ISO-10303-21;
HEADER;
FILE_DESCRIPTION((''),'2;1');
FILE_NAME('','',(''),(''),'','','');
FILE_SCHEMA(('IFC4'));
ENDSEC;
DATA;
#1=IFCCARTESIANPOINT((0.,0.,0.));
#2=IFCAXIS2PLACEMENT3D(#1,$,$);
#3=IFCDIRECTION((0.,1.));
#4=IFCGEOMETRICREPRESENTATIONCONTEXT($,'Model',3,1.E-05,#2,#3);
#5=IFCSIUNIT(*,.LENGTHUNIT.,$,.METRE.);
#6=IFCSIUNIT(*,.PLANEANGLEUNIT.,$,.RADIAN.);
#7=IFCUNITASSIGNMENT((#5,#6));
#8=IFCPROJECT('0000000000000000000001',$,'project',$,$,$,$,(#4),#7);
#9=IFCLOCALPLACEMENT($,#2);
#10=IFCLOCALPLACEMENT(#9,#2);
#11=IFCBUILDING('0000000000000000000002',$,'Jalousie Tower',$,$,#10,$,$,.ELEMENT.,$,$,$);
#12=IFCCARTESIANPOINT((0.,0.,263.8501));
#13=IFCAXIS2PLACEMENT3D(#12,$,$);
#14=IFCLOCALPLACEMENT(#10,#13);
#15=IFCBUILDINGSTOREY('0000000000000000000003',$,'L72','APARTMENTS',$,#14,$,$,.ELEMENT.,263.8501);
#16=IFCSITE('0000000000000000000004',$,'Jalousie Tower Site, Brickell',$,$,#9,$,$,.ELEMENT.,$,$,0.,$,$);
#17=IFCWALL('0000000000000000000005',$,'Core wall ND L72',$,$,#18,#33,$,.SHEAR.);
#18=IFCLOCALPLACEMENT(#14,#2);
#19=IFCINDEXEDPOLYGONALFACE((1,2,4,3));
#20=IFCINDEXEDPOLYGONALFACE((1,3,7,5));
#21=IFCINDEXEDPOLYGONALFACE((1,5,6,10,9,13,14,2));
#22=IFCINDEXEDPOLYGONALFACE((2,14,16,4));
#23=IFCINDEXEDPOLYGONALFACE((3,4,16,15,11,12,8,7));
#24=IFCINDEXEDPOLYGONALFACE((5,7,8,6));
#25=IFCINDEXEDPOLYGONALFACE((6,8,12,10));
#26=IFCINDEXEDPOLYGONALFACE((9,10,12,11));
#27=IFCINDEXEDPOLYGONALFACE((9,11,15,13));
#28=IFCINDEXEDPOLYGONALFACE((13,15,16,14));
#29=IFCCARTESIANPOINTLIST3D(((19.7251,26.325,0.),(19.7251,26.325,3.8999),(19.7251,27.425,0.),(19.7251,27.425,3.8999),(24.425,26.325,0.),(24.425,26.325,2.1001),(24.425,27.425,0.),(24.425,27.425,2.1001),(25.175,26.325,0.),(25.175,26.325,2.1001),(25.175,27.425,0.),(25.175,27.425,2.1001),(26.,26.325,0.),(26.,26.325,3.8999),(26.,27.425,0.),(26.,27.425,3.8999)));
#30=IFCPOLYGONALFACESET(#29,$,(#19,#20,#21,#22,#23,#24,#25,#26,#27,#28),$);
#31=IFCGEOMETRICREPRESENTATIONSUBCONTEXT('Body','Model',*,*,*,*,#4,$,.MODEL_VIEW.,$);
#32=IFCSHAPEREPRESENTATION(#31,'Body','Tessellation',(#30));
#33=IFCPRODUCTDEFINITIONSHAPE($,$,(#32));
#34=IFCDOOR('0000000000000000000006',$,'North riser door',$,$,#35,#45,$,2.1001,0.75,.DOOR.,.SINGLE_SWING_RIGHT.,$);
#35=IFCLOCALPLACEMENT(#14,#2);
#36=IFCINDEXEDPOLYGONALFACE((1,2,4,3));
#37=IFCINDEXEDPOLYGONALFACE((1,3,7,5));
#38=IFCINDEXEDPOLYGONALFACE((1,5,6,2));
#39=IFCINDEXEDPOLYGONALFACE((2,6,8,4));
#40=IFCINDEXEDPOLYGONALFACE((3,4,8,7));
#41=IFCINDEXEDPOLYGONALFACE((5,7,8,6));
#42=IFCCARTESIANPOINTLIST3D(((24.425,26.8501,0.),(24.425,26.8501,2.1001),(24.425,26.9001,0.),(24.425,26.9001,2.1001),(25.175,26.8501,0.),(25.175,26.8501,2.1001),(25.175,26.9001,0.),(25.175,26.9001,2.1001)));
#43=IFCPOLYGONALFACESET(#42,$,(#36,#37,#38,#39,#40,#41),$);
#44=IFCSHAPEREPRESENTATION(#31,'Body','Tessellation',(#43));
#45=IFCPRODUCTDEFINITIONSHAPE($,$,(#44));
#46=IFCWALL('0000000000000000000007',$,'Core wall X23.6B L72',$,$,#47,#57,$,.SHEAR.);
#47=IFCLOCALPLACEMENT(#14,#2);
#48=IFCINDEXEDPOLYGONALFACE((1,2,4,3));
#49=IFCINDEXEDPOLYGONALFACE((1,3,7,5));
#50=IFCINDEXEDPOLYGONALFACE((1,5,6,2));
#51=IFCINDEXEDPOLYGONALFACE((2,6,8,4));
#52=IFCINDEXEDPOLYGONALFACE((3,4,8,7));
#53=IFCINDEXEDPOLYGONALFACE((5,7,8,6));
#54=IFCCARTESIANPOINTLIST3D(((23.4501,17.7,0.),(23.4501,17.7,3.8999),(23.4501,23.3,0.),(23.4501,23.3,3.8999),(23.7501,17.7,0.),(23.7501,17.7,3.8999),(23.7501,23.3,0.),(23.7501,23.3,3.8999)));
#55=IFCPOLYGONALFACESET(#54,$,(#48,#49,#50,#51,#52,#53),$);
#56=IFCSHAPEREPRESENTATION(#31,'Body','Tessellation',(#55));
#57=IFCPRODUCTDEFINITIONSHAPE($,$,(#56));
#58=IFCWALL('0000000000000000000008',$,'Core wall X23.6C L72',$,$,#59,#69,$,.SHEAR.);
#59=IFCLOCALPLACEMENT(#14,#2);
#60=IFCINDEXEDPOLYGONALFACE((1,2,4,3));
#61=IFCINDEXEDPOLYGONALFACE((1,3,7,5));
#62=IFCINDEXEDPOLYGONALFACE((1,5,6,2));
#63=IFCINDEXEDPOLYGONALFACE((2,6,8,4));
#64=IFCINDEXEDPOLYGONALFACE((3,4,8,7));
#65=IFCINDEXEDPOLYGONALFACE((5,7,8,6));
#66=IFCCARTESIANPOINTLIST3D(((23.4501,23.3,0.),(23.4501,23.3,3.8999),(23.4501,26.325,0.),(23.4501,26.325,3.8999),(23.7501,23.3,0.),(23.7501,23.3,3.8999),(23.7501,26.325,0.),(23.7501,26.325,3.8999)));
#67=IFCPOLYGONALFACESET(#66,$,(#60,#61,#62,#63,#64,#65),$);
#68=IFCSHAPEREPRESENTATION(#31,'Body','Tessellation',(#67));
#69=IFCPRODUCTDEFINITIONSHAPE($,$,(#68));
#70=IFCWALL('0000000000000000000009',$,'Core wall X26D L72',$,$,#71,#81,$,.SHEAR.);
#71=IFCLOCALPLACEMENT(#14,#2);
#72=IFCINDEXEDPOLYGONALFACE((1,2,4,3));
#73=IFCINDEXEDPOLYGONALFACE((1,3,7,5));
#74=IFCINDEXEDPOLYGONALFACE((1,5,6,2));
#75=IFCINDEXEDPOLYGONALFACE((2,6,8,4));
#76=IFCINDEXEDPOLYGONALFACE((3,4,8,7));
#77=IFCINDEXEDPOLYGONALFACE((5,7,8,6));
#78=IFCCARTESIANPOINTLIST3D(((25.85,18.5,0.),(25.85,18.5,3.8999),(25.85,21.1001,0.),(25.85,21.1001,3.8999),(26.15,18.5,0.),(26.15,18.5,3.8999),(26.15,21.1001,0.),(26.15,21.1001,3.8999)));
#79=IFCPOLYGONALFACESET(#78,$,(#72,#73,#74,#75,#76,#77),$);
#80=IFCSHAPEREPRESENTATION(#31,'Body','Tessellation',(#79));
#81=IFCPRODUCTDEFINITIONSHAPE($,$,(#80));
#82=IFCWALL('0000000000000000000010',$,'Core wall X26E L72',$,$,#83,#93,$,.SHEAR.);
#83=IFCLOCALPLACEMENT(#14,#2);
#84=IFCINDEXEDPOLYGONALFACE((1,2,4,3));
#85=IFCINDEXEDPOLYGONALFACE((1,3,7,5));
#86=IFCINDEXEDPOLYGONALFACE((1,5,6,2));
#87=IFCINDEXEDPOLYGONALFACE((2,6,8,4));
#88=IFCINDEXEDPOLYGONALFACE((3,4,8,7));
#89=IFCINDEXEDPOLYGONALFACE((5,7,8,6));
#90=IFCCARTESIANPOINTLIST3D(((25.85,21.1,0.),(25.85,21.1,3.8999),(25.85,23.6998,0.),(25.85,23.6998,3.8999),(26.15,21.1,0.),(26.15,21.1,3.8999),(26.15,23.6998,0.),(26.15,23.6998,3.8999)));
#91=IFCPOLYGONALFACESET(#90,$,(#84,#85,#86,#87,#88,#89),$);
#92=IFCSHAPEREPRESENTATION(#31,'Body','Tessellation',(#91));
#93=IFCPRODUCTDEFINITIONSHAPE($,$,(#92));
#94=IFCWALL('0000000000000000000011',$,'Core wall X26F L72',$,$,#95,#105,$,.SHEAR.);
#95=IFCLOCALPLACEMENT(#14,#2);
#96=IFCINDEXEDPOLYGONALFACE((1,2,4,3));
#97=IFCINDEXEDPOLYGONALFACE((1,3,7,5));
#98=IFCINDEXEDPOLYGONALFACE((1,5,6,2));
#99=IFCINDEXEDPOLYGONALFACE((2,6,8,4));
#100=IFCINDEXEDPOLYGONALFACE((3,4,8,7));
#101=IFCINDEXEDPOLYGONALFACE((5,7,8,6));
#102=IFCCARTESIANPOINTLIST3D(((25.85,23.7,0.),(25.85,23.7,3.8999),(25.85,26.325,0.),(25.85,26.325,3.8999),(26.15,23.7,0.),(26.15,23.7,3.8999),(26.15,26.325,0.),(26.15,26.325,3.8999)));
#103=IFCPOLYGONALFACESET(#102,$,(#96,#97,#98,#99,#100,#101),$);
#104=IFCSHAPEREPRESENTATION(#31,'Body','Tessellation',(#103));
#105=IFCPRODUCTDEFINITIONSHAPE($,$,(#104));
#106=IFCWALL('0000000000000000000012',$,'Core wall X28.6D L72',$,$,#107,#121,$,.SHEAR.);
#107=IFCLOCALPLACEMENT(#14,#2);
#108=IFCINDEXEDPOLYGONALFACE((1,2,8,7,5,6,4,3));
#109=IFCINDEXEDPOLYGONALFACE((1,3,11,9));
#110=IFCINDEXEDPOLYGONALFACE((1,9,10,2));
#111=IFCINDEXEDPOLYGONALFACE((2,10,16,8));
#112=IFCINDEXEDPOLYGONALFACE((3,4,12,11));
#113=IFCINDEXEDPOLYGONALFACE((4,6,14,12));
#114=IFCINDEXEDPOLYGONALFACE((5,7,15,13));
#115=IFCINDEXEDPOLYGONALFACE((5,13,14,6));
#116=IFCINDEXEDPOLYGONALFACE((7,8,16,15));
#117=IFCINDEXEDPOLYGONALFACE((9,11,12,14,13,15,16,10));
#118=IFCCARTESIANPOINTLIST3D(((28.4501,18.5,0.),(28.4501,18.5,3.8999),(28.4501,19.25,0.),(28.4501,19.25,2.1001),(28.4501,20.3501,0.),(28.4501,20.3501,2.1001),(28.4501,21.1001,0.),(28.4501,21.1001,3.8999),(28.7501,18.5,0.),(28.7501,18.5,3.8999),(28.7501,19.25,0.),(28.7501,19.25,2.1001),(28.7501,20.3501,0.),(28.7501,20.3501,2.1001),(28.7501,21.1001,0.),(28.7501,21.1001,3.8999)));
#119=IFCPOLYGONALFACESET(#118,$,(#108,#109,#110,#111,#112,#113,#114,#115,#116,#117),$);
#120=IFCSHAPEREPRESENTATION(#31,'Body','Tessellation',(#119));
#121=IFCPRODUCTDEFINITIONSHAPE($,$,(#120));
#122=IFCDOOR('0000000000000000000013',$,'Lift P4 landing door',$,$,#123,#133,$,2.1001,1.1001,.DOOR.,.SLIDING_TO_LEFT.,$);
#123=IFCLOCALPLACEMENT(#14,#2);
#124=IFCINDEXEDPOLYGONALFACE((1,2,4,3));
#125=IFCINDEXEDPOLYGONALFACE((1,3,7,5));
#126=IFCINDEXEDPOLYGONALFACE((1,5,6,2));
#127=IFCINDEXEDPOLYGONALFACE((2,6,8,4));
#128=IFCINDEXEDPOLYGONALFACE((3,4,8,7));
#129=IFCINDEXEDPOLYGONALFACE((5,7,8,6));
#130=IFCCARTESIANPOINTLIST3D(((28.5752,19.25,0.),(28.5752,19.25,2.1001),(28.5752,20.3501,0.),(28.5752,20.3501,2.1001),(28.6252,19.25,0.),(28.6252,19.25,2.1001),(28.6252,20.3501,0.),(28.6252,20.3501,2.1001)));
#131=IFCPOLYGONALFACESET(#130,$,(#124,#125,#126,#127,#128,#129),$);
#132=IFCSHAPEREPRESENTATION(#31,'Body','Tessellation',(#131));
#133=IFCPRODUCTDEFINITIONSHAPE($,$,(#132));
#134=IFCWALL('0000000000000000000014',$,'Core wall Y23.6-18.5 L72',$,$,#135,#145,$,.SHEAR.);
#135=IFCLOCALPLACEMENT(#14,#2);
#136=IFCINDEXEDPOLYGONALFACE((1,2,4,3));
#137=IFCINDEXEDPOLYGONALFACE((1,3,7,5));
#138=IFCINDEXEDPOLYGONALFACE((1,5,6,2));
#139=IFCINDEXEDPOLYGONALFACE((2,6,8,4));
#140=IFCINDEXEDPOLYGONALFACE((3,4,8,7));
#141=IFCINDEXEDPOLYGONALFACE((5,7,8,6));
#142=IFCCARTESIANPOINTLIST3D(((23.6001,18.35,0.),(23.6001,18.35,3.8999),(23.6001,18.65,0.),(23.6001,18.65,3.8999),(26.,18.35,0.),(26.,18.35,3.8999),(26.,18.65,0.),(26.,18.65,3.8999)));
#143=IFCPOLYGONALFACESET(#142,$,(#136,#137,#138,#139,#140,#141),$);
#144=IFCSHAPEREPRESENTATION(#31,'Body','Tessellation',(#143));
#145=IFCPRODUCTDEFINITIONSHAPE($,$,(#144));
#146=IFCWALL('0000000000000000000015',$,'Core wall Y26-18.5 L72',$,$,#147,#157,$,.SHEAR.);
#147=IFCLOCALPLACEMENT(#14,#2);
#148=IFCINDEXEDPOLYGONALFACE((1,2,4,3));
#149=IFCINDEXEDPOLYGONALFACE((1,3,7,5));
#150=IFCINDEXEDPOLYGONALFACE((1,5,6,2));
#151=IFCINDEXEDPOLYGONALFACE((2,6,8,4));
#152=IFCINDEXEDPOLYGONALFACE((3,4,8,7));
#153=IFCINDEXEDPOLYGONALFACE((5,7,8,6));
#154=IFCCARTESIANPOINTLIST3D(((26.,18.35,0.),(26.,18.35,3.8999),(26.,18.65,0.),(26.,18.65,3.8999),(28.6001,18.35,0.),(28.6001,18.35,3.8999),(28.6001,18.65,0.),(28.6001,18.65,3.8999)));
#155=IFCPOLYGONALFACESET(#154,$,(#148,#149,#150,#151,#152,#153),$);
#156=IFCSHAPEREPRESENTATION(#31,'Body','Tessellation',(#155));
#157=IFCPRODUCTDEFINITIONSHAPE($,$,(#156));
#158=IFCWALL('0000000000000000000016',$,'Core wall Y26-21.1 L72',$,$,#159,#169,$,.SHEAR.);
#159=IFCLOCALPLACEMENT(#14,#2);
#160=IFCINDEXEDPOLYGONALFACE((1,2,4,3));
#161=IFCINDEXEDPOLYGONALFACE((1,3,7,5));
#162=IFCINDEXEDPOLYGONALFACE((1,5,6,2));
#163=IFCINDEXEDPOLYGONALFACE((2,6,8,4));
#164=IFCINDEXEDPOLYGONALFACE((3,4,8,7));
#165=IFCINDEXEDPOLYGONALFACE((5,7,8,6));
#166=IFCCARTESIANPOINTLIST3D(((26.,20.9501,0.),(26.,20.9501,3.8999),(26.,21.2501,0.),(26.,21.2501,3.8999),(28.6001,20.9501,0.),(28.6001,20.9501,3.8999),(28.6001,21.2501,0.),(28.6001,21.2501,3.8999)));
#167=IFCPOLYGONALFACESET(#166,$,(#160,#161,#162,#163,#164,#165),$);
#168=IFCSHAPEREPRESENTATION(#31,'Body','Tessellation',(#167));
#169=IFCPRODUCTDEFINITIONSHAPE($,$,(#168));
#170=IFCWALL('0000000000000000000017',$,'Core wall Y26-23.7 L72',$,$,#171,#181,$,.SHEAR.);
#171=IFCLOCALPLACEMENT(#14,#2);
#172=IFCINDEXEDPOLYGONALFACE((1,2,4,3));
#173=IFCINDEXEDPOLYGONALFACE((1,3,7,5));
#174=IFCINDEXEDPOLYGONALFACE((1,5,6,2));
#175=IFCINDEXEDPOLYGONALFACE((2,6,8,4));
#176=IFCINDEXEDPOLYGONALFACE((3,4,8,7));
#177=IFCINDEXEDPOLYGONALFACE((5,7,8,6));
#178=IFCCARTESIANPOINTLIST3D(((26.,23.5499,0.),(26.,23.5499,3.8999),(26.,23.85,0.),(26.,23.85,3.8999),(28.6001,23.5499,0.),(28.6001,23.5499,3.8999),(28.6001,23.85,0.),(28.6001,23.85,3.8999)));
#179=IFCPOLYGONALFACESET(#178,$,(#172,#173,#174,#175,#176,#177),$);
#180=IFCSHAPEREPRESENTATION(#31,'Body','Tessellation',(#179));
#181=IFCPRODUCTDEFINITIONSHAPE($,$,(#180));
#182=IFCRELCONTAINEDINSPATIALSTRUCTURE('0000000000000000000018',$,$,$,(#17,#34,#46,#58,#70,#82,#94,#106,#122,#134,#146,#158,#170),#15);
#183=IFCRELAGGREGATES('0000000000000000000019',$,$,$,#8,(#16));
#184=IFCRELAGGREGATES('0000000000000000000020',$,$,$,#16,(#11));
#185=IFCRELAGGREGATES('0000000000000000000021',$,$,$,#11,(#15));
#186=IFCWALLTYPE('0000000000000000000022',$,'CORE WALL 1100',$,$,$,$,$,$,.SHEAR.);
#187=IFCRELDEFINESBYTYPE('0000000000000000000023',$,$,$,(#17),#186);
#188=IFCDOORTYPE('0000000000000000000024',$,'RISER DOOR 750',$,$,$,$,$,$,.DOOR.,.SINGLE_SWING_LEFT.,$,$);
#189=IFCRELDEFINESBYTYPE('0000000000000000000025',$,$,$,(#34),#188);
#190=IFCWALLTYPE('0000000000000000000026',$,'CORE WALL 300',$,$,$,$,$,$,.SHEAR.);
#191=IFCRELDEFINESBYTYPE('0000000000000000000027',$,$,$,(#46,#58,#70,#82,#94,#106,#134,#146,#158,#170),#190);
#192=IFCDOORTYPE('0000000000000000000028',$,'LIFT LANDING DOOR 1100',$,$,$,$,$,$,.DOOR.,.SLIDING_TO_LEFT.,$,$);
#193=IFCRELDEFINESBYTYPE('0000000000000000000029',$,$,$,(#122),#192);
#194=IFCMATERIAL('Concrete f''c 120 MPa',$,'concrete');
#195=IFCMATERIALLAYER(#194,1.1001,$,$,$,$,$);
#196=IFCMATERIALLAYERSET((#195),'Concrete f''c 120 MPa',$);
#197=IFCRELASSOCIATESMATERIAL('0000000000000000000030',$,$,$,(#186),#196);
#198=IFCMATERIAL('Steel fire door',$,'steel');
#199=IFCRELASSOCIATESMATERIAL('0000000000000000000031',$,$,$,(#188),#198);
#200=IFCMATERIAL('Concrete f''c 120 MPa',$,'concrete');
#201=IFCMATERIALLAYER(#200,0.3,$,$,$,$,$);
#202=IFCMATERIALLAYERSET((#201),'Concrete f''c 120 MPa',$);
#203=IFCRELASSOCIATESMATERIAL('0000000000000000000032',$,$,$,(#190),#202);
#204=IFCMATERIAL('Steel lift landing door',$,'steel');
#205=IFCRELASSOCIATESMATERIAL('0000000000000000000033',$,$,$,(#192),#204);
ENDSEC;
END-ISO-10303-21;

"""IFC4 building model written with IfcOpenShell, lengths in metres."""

from ifc_helpers import new_model, si_unit, direction, frame, frame_2d, origin, place, context, subcontext, project, spatial, rectangle, extrude, material, layer, layer_set, type_object, element, fill, save


model = new_model("IFC4")

# Units and contexts
model_context = context("Model", 3, precision=1e-05, world=origin(), true_north=direction((0.0, 1.0)))
body_context = subcontext(model_context, "Body", "Model", "MODEL_VIEW")
ifc_project = project(units=[si_unit("LENGTHUNIT", "METRE"), si_unit("PLANEANGLEUNIT", "RADIAN")], contexts=[model_context])

# Site, building, storey
site_placement = place(None, origin())
site = spatial("IfcSite", under=ifc_project, at=site_placement, Name="Jalousie Tower Site, Brickell", CompositionType="ELEMENT", RefElevation=0.0)
building_placement = place(site_placement, origin())
building = spatial("IfcBuilding", under=site, at=building_placement, Name="Jalousie Tower", CompositionType="ELEMENT")
storey_placement = place(building_placement, frame((0.0, 0.0, 263.8501)))
storey = spatial("IfcBuildingStorey", under=building, at=storey_placement, Name="L72", Description="APARTMENTS", CompositionType="ELEMENT", Elevation=263.8501)

# Wall, opening, door
ifc_material_1 = material(Name="Concrete f'c 120 MPa", Category="concrete")
ifc_layer_1 = layer(ifc_material_1, 1.1001)
ifc_layer_set_1 = layer_set([ifc_layer_1], Name="Concrete f'c 120 MPa")
wall_type_1 = type_object("IfcWallType", Name="CORE WALL 1100", PredefinedType="SHEAR", material=ifc_layer_set_1)
wall_1_placement = place(storey_placement, frame((26.0, 26.875, 0.0), z_axis=(0.0, 0.0, 1.0), x_axis=(-1.0, 0.0, 0.0)))
wall_1 = element("IfcWall", 1, at=wall_1_placement, inside=storey, type_object=wall_type_1, Name="Core wall ND L72", PredefinedType="SHEAR", context=body_context, shape_type="SweptSolid", body=[
    extrude(rectangle(XDim=6.2749, YDim=1.1001, at=frame_2d((3.1375, 0.0))), origin(), (0.0, 0.0, 1.0), 3.8999),
])
opening_1_placement = place(wall_1_placement, frame((0.825, 0.0, 0.0)))
opening_1 = element("IfcOpeningElement", 2, at=opening_1_placement, cuts=wall_1, PredefinedType="OPENING", context=body_context, shape_type="SweptSolid", body=[
    extrude(rectangle(XDim=0.75, YDim=2.1001, at=frame_2d((0.375, 1.05))), frame((0.0, 0.5601, 0.0), z_axis=(0.0, -1.0, 0.0), x_axis=(1.0, 0.0, 0.0)), (0.0, 0.0, 1.0), 1.1201),
])
ifc_material_2 = material(Name="Steel fire door", Category="steel")
door_type_1 = type_object("IfcDoorType", Name="RISER DOOR 750", OperationType="SINGLE_SWING_LEFT", PredefinedType="DOOR", material=ifc_material_2)
door_1_placement = place(opening_1_placement, origin())
door_1 = element("IfcDoor", 3, at=door_1_placement, inside=storey, type_object=door_type_1, Name="North riser door", OperationType="SINGLE_SWING_RIGHT", OverallHeight=2.1001, OverallWidth=0.75, PredefinedType="DOOR", context=body_context, shape_type="SweptSolid", body=[
    extrude(rectangle(XDim=0.75, YDim=2.1001, at=frame_2d((0.375, 1.05))), frame((0.0, 0.0249, 0.0), z_axis=(0.0, -1.0, 0.0), x_axis=(1.0, 0.0, 0.0)), (0.0, 0.0, 1.0), 0.05),
])
fill(opening_1, door_1)

# Walls
ifc_material_3 = material(Name="Concrete f'c 120 MPa", Category="concrete")
ifc_layer_2 = layer(ifc_material_3, 0.3)
ifc_layer_set_2 = layer_set([ifc_layer_2], Name="Concrete f'c 120 MPa")
wall_type_2 = type_object("IfcWallType", Name="CORE WALL 300", PredefinedType="SHEAR", material=ifc_layer_set_2)
wall_2_placement = place(storey_placement, frame((23.6001, 17.7, 0.0), z_axis=(0.0, 0.0, 1.0), x_axis=(0.0, 1.0, 0.0)))
element("IfcWall", 4, at=wall_2_placement, inside=storey, type_object=wall_type_2, Name="Core wall X23.6B L72", PredefinedType="SHEAR", context=body_context, shape_type="SweptSolid", body=[
    extrude(rectangle(XDim=5.6001, YDim=0.3, at=frame_2d((2.8, 0.0))), origin(), (0.0, 0.0, 1.0), 3.8999),
])
wall_3_placement = place(storey_placement, frame((23.6001, 23.3, 0.0), z_axis=(0.0, 0.0, 1.0), x_axis=(0.0, 1.0, 0.0)))
element("IfcWall", 5, at=wall_3_placement, inside=storey, type_object=wall_type_2, Name="Core wall X23.6C L72", PredefinedType="SHEAR", context=body_context, shape_type="SweptSolid", body=[
    extrude(rectangle(XDim=3.0249, YDim=0.3, at=frame_2d((1.5125, 0.0))), origin(), (0.0, 0.0, 1.0), 3.8999),
])
wall_4_placement = place(storey_placement, frame((26.0, 18.5, 0.0), z_axis=(0.0, 0.0, 1.0), x_axis=(0.0, 1.0, 0.0)))
element("IfcWall", 6, at=wall_4_placement, inside=storey, type_object=wall_type_2, Name="Core wall X26D L72", PredefinedType="SHEAR", context=body_context, shape_type="SweptSolid", body=[
    extrude(rectangle(XDim=2.6001, YDim=0.3, at=frame_2d((1.3, 0.0))), origin(), (0.0, 0.0, 1.0), 3.8999),
])
wall_5_placement = place(storey_placement, frame((26.0, 21.1001, 0.0), z_axis=(0.0, 0.0, 1.0), x_axis=(0.0, 1.0, 0.0)))
element("IfcWall", 7, at=wall_5_placement, inside=storey, type_object=wall_type_2, Name="Core wall X26E L72", PredefinedType="SHEAR", context=body_context, shape_type="SweptSolid", body=[
    extrude(rectangle(XDim=2.5999, YDim=0.3, at=frame_2d((1.2998, 0.0))), origin(), (0.0, 0.0, 1.0), 3.8999),
])
wall_6_placement = place(storey_placement, frame((26.0, 23.7, 0.0), z_axis=(0.0, 0.0, 1.0), x_axis=(0.0, 1.0, 0.0)))
element("IfcWall", 8, at=wall_6_placement, inside=storey, type_object=wall_type_2, Name="Core wall X26F L72", PredefinedType="SHEAR", context=body_context, shape_type="SweptSolid", body=[
    extrude(rectangle(XDim=2.625, YDim=0.3, at=frame_2d((1.3125, 0.0))), origin(), (0.0, 0.0, 1.0), 3.8999),
])

# Wall, opening, door
wall_7_placement = place(storey_placement, frame((28.6001, 18.5, 0.0), z_axis=(0.0, 0.0, 1.0), x_axis=(0.0, 1.0, 0.0)))
wall_7 = element("IfcWall", 9, at=wall_7_placement, inside=storey, type_object=wall_type_2, Name="Core wall X28.6D L72", PredefinedType="SHEAR", context=body_context, shape_type="SweptSolid", body=[
    extrude(rectangle(XDim=2.6001, YDim=0.3, at=frame_2d((1.3, 0.0))), origin(), (0.0, 0.0, 1.0), 3.8999),
])
opening_2_placement = place(wall_7_placement, frame((0.75, 0.0, 0.0)))
opening_2 = element("IfcOpeningElement", 10, at=opening_2_placement, cuts=wall_7, PredefinedType="OPENING", context=body_context, shape_type="SweptSolid", body=[
    extrude(rectangle(XDim=1.1001, YDim=2.1001, at=frame_2d((0.55, 1.05))), frame((0.0, 0.1599, 0.0), z_axis=(0.0, -1.0, 0.0), x_axis=(1.0, 0.0, 0.0)), (0.0, 0.0, 1.0), 0.3201),
])
ifc_material_4 = material(Name="Steel lift landing door", Category="steel")
door_type_2 = type_object("IfcDoorType", Name="LIFT LANDING DOOR 1100", OperationType="SLIDING_TO_LEFT", PredefinedType="DOOR", material=ifc_material_4)
door_2_placement = place(opening_2_placement, origin())
door_2 = element("IfcDoor", 11, at=door_2_placement, inside=storey, type_object=door_type_2, Name="Lift P4 landing door", OperationType="SLIDING_TO_LEFT", OverallHeight=2.1001, OverallWidth=1.1001, PredefinedType="DOOR", context=body_context, shape_type="SweptSolid", body=[
    extrude(rectangle(XDim=1.1001, YDim=2.1001, at=frame_2d((0.55, 1.05))), frame((0.0, 0.0249, 0.0), z_axis=(0.0, -1.0, 0.0), x_axis=(1.0, 0.0, 0.0)), (0.0, 0.0, 1.0), 0.05),
])
fill(opening_2, door_2)

# Walls
wall_8_placement = place(storey_placement, frame((23.6001, 18.5, 0.0), z_axis=(0.0, 0.0, 1.0), x_axis=(1.0, 0.0, 0.0)))
element("IfcWall", 12, at=wall_8_placement, inside=storey, type_object=wall_type_2, Name="Core wall Y23.6-18.5 L72", PredefinedType="SHEAR", context=body_context, shape_type="SweptSolid", body=[
    extrude(rectangle(XDim=2.3999, YDim=0.3, at=frame_2d((1.2, 0.0))), origin(), (0.0, 0.0, 1.0), 3.8999),
])
for number, where, z_axis, x_axis, name in (
    (13, (26.0, 18.5, 0.0), (0.0, 0.0, 1.0), (1.0, 0.0, 0.0), "Core wall Y26-18.5 L72"),
    (14, (26.0, 21.1001, 0.0), (0.0, 0.0, 1.0), (1.0, 0.0, 0.0), "Core wall Y26-21.1 L72"),
    (15, (26.0, 23.7, 0.0), (0.0, 0.0, 1.0), (1.0, 0.0, 0.0), "Core wall Y26-23.7 L72"),
):
    element("IfcWall", number, at=place(storey_placement, frame(where, z_axis=z_axis, x_axis=x_axis)), inside=storey, type_object=wall_type_2, Name=name, PredefinedType="SHEAR", context=body_context, shape_type="SweptSolid", body=[
        extrude(rectangle(XDim=2.6001, YDim=0.3, at=frame_2d((1.3, 0.0))), origin(), (0.0, 0.0, 1.0), 3.8999),
    ])

save(model, "model.ifc")
